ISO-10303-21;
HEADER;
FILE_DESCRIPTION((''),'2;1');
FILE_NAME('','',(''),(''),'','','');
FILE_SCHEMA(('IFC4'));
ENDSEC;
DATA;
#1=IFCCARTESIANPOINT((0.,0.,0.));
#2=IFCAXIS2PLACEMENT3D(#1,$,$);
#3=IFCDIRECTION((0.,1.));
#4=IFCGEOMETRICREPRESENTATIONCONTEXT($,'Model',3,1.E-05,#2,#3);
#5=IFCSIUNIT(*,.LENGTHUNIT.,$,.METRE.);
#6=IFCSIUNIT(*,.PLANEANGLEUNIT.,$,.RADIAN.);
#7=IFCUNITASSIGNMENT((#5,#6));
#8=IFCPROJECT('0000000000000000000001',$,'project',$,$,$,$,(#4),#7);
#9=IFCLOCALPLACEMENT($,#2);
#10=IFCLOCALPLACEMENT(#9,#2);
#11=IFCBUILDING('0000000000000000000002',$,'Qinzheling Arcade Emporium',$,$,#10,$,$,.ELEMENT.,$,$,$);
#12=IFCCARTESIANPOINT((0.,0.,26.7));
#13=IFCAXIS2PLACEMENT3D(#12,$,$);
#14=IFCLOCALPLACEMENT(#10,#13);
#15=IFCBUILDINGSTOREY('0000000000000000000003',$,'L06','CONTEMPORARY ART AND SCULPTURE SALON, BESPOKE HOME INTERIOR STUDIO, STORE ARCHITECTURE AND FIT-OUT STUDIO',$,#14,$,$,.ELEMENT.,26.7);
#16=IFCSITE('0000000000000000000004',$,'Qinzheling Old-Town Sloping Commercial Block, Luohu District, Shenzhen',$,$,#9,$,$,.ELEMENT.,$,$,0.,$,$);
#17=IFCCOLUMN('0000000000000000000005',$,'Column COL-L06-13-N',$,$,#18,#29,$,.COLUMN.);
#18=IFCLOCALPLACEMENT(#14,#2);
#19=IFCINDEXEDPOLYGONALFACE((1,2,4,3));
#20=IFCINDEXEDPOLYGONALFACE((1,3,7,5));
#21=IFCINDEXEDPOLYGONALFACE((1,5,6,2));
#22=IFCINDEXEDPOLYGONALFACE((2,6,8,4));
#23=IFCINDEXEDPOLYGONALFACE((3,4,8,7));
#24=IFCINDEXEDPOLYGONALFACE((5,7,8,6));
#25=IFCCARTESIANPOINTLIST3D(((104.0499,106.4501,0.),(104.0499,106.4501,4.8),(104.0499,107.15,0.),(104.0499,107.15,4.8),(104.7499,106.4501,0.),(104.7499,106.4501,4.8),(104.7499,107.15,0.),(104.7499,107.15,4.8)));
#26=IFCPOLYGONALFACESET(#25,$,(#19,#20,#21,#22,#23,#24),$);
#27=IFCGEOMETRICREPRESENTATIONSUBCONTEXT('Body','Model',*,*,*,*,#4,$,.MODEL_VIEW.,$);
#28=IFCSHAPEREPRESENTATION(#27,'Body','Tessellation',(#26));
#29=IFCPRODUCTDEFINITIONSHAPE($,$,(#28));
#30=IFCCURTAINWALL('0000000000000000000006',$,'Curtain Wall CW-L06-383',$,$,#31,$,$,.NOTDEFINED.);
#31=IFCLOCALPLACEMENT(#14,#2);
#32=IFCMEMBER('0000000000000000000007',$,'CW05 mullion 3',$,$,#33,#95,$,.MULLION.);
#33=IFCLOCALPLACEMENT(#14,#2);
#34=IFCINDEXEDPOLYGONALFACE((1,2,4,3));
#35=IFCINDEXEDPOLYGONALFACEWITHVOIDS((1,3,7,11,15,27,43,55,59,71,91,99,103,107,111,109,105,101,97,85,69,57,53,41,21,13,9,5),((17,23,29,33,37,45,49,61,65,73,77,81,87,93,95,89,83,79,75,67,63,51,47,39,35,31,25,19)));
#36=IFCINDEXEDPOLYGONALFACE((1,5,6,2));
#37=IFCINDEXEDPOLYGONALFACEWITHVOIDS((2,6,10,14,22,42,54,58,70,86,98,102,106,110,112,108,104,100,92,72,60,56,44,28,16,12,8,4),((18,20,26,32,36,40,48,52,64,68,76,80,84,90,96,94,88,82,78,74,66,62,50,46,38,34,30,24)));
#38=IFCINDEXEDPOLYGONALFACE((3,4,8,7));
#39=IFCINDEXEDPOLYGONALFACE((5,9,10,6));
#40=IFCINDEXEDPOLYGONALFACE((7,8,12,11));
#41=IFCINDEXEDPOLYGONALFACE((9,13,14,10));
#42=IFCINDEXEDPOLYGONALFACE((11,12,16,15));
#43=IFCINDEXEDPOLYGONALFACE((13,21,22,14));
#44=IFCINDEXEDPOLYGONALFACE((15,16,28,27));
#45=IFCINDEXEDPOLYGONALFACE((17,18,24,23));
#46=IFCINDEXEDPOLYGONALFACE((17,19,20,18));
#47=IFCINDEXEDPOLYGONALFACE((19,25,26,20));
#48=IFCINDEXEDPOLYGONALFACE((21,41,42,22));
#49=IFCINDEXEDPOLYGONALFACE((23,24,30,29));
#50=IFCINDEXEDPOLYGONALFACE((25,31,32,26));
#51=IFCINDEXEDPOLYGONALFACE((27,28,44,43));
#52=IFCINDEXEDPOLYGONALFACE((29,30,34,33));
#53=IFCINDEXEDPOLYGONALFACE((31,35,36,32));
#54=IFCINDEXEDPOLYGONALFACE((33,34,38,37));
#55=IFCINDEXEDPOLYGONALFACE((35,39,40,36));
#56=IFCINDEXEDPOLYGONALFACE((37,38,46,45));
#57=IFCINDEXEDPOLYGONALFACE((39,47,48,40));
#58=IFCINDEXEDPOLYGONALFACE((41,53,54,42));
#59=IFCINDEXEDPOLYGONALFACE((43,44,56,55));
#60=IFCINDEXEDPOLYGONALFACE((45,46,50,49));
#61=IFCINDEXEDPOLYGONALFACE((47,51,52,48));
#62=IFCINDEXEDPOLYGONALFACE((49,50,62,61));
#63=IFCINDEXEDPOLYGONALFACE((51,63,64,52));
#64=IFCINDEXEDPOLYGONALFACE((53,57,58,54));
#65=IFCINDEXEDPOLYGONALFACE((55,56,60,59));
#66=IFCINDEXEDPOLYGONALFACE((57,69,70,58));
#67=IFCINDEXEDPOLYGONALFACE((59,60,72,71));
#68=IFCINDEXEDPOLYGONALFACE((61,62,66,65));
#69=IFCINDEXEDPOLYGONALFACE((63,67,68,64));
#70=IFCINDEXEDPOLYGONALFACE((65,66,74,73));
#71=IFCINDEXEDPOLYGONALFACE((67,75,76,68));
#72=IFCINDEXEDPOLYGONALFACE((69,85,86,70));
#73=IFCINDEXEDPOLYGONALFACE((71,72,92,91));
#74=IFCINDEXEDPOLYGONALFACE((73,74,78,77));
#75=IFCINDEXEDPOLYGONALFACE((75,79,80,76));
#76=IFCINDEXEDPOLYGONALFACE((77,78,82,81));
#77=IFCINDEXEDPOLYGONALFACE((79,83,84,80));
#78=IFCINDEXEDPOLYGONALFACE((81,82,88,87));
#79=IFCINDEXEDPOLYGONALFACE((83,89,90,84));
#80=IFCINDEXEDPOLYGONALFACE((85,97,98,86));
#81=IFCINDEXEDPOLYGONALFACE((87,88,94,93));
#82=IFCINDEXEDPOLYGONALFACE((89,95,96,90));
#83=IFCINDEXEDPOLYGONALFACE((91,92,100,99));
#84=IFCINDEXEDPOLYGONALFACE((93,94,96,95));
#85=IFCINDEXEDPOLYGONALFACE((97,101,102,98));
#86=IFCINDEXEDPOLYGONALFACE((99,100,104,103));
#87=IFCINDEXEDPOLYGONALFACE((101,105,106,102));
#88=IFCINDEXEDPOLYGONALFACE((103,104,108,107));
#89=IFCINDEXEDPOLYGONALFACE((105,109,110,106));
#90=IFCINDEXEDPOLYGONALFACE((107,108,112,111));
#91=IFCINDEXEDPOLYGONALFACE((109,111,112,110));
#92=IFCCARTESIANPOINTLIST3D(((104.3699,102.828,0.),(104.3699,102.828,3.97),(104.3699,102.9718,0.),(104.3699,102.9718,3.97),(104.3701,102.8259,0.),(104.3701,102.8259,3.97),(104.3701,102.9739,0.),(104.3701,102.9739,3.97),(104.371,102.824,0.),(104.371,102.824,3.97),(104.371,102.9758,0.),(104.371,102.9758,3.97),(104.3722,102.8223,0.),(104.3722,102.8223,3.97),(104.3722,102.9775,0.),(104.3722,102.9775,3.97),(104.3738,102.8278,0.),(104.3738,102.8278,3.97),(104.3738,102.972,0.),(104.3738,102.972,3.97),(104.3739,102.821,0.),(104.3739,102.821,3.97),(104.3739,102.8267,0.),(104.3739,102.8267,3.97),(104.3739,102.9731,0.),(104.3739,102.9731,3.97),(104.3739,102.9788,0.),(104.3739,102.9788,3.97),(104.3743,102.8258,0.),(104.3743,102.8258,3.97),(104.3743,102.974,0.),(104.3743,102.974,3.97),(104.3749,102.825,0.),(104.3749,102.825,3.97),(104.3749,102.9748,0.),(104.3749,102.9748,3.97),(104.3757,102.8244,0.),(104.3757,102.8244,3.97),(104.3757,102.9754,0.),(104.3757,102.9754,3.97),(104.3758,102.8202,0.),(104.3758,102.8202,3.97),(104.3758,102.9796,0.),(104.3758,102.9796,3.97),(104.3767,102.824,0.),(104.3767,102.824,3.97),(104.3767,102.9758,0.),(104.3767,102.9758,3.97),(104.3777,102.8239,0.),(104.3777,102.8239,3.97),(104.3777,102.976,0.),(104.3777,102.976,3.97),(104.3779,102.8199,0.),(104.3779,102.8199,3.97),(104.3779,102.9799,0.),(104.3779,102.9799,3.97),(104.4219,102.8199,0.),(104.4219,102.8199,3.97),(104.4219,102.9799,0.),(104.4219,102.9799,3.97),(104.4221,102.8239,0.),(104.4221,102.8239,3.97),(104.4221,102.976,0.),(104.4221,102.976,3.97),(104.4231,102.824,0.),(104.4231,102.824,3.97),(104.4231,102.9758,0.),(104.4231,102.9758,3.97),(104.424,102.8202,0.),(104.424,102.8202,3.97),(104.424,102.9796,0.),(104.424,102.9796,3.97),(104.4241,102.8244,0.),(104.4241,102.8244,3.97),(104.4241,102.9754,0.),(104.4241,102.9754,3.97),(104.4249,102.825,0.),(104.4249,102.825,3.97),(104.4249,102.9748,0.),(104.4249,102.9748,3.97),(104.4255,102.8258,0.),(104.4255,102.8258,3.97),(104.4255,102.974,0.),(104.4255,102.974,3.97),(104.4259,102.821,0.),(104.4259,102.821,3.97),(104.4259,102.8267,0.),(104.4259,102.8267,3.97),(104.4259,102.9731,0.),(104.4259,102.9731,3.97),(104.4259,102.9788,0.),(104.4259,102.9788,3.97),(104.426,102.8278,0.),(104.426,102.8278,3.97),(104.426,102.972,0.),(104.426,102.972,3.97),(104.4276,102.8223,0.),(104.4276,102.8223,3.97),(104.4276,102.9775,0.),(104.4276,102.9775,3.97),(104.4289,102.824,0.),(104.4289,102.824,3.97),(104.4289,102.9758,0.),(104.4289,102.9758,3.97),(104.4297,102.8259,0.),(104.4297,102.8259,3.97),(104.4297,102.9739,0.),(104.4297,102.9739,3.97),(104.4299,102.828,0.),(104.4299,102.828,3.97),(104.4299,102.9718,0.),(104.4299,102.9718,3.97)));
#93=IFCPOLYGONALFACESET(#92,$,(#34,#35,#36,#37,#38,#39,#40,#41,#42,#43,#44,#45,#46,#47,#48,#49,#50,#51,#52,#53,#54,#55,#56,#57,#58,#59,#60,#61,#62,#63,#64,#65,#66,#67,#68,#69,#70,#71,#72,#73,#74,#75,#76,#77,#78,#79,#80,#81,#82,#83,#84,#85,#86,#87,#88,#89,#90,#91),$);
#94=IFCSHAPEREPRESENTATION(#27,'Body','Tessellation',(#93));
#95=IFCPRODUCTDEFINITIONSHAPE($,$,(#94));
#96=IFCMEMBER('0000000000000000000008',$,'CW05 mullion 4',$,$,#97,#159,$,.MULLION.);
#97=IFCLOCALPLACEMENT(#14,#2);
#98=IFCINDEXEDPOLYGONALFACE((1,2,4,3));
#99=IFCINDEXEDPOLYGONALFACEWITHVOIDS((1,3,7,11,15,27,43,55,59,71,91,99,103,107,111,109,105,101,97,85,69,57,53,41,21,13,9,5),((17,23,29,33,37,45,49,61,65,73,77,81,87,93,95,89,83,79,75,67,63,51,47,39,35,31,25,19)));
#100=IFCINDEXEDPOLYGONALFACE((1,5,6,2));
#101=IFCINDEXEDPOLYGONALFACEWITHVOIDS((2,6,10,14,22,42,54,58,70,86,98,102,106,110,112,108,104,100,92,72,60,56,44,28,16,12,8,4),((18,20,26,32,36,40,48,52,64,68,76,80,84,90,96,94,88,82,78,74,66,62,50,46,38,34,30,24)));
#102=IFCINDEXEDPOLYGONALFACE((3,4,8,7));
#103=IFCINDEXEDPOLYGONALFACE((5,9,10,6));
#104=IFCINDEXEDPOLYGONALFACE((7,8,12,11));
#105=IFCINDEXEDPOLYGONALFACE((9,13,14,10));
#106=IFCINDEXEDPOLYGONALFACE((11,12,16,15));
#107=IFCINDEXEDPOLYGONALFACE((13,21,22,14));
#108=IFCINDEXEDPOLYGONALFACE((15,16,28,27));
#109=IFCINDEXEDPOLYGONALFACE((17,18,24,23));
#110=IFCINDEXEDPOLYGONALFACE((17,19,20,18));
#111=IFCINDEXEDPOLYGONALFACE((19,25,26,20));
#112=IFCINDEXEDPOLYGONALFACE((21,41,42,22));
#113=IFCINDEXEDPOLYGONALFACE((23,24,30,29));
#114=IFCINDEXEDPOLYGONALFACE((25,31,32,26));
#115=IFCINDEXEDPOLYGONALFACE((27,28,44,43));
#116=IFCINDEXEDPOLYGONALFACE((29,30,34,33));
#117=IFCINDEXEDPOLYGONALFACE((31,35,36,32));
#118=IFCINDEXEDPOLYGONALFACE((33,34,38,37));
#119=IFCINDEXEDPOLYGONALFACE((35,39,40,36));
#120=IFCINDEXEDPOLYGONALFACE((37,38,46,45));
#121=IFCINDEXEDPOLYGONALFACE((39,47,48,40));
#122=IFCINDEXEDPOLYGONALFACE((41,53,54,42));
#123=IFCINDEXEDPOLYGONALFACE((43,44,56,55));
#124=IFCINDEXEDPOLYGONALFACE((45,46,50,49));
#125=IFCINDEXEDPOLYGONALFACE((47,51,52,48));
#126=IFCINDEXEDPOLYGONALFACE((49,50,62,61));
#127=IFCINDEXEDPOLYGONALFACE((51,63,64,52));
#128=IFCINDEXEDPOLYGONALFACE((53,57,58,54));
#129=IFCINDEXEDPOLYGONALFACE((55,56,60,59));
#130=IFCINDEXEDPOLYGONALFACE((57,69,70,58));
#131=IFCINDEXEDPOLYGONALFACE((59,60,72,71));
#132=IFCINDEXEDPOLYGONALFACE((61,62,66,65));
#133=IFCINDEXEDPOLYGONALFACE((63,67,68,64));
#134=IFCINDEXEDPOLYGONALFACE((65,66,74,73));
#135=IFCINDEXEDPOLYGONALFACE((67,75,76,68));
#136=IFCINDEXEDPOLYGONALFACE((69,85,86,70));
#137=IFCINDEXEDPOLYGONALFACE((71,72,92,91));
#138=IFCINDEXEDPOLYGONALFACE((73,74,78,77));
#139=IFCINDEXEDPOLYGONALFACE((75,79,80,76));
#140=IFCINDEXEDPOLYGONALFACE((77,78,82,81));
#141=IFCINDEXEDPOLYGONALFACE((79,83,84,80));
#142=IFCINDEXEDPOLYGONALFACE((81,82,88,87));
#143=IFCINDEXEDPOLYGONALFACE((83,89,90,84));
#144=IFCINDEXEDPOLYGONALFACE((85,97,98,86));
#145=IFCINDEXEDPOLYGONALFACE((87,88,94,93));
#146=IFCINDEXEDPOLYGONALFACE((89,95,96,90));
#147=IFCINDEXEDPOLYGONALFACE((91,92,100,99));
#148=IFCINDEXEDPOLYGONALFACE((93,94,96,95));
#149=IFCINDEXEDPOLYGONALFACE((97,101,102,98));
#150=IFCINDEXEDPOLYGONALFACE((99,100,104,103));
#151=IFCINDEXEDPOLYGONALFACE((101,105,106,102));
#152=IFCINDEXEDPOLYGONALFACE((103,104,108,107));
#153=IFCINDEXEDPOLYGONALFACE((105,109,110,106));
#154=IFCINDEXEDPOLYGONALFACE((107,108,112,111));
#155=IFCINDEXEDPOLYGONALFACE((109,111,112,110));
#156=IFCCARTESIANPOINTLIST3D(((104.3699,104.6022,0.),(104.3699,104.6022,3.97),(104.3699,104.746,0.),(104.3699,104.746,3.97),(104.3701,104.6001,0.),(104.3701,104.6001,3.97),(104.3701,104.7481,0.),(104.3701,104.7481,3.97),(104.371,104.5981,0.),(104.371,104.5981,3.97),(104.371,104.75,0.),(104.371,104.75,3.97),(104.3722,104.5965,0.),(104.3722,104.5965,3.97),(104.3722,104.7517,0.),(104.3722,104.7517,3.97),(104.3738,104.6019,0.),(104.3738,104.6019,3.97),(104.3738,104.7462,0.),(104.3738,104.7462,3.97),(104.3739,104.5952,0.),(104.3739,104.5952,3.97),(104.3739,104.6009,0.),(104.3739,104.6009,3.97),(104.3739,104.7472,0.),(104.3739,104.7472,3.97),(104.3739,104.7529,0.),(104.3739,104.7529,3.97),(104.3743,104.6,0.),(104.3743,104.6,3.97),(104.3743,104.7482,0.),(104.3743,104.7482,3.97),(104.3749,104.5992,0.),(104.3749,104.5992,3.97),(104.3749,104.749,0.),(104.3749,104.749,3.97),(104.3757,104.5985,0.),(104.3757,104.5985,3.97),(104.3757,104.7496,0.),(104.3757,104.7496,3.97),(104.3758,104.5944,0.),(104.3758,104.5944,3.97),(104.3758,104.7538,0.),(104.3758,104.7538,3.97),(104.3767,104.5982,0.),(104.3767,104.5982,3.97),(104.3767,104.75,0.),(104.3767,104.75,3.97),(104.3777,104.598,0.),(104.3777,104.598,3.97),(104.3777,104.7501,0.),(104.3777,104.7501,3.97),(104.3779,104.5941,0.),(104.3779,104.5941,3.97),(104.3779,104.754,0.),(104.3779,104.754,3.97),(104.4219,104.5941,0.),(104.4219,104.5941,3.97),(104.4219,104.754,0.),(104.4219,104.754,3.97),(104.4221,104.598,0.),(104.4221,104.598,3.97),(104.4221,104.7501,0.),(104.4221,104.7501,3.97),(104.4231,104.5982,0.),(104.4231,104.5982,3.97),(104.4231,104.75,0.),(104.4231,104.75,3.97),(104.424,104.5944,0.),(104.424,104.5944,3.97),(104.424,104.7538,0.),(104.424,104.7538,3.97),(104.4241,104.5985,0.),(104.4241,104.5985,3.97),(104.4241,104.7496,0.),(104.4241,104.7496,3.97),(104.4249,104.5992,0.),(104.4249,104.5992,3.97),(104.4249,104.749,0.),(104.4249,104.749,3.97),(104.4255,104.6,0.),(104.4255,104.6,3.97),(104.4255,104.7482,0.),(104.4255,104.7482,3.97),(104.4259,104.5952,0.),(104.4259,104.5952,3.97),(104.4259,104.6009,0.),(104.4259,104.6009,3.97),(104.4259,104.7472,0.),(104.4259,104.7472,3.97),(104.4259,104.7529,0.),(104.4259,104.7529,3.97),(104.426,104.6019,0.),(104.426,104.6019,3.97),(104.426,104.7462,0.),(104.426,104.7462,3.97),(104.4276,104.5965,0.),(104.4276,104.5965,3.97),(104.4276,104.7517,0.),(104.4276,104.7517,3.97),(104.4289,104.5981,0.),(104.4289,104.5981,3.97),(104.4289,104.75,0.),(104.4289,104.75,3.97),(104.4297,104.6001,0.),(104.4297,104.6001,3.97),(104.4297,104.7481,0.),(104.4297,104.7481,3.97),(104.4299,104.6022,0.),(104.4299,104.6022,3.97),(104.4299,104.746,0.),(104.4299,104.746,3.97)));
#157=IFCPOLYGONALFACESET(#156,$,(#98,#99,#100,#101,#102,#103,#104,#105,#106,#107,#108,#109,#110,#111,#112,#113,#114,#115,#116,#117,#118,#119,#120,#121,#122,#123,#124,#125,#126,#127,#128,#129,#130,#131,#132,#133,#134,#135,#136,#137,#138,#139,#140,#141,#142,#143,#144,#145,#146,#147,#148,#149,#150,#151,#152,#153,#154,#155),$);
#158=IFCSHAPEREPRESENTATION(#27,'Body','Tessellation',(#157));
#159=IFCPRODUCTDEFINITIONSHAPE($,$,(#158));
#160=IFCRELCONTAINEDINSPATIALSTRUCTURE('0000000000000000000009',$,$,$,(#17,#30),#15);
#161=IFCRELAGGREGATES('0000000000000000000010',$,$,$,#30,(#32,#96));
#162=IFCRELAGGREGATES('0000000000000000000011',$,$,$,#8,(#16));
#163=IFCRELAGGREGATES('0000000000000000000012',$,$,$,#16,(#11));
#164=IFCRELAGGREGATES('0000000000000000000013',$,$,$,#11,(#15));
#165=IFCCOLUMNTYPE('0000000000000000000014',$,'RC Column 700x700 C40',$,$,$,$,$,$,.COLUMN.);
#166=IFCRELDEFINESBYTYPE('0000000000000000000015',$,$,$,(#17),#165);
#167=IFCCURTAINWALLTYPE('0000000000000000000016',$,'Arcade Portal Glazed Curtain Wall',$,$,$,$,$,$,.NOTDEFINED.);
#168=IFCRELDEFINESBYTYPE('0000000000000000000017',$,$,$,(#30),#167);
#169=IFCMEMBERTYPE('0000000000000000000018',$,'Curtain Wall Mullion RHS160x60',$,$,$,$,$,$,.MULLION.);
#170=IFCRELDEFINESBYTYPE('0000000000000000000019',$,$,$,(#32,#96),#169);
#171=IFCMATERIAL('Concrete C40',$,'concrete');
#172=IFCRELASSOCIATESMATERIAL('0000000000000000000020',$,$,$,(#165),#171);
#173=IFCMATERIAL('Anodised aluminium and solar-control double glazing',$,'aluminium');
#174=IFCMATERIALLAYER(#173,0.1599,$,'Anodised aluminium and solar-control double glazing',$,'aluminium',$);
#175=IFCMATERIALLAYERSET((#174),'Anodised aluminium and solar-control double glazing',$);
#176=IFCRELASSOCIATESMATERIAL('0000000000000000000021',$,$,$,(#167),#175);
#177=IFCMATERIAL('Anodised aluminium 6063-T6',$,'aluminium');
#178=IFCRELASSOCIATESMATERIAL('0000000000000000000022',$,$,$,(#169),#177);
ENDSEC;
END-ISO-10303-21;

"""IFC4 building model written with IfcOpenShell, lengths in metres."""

from ifc_helpers import new_model, si_unit, direction, frame, origin, origin_2d, place, context, subcontext, project, spatial, rectangle, hollow_rectangle, extrude, material, layer, layer_set, material_profile, profile_set, type_object, element, aggregate, save


model = new_model("IFC4")

# Units and contexts
model_context = context("Model", 3, precision=1e-05, world=origin(), true_north=direction((0.0, 1.0)))
body_context = subcontext(model_context, "Body", "Model", "MODEL_VIEW")
ifc_project = project(units=[si_unit("LENGTHUNIT", "METRE"), si_unit("PLANEANGLEUNIT", "RADIAN")], contexts=[model_context])

# Site, building, storey
site_placement = place(None, origin())
site = spatial("IfcSite", under=ifc_project, at=site_placement, Name="Qinzheling Old-Town Sloping Commercial Block, Luohu District, Shenzhen", CompositionType="ELEMENT", RefElevation=0.0)
building_placement = place(site_placement, origin())
building = spatial("IfcBuilding", under=site, at=building_placement, Name="Qinzheling Arcade Emporium", CompositionType="ELEMENT")
storey_placement = place(building_placement, frame((0.0, 0.0, 26.7)))
storey = spatial("IfcBuildingStorey", under=building, at=storey_placement, Name="L06", Description="CONTEMPORARY ART AND SCULPTURE SALON, BESPOKE HOME INTERIOR STUDIO, STORE ARCHITECTURE AND FIT-OUT STUDIO", CompositionType="ELEMENT", Elevation=26.7)

# Column
ifc_material_1 = material(Name="Concrete C40", Category="concrete")
ifc_material_profile_1 = material_profile(ifc_material_1, rectangle(XDim=0.7, YDim=0.7, at=origin_2d()), Name="RC 700x700", Category="concrete")
ifc_profile_set_1 = profile_set([ifc_material_profile_1], Name="Concrete C40")
column_type = type_object("IfcColumnType", Name="RC Column 700x700 C40", PredefinedType="COLUMN", material=ifc_profile_set_1)
column_placement = place(storey_placement, frame((104.3999, 106.8, 0.0), z_axis=(0.0, 0.0, 1.0), x_axis=(1.0, 0.0, 0.0)))
element("IfcColumn", 1, at=column_placement, inside=storey, type_object=column_type, Name="Column COL-L06-13-N", PredefinedType="COLUMN", context=body_context, shape_type="SweptSolid", body=[
    extrude(rectangle(XDim=0.7, YDim=0.7, at=origin_2d()), origin(), (0.0, 0.0, 1.0), 4.8),
])

# Curtain wall, members
ifc_material_2 = material(Name="Anodised aluminium and solar-control double glazing", Category="aluminium")
ifc_layer_1 = layer(ifc_material_2, 0.1599, Name="Anodised aluminium and solar-control double glazing", Category="aluminium")
ifc_layer_set_1 = layer_set([ifc_layer_1], Name="Anodised aluminium and solar-control double glazing")
curtain_wall_type = type_object("IfcCurtainWallType", Name="Arcade Portal Glazed Curtain Wall", PredefinedType="NOTDEFINED", material=ifc_layer_set_1)
curtain_wall_placement = place(storey_placement, origin())
curtain_wall = element("IfcCurtainWall", 2, at=curtain_wall_placement, inside=storey, type_object=curtain_wall_type, Name="Curtain Wall CW-L06-383", PredefinedType="NOTDEFINED")
ifc_material_3 = material(Name="Anodised aluminium 6063-T6", Category="aluminium")
ifc_material_profile_2 = material_profile(ifc_material_3, hollow_rectangle(XDim=0.0601, YDim=0.1599, WallThickness=0.0039, InnerFilletRadius=0.0039, OuterFilletRadius=0.0081, at=origin_2d()), Name="RHS 160x60x4", Category="aluminium")
ifc_profile_set_2 = profile_set([ifc_material_profile_2], Name="Anodised aluminium 6063-T6")
member_type_1 = type_object("IfcMemberType", Name="Curtain Wall Mullion RHS160x60", PredefinedType="MULLION", material=ifc_profile_set_2)
member_1_placement = place(storey_placement, frame((104.3999, 102.8999, 0.0), z_axis=(0.0, 0.0, 1.0), x_axis=(-1.0, 0.0, 0.0)))
member_1 = element("IfcMember", 3, at=member_1_placement, type_object=member_type_1, Name="CW05 mullion 3", PredefinedType="MULLION", context=body_context, shape_type="SweptSolid", body=[
    extrude(hollow_rectangle(XDim=0.0601, YDim=0.1599, WallThickness=0.0039, InnerFilletRadius=0.0039, OuterFilletRadius=0.0081, at=origin_2d()), origin(), (0.0, 0.0, 1.0), 3.97),
])
member_2_placement = place(storey_placement, frame((104.3999, 104.6741, 0.0), z_axis=(0.0, 0.0, 1.0), x_axis=(-1.0, 0.0, 0.0)))
member_2 = element("IfcMember", 4, at=member_2_placement, type_object=member_type_1, Name="CW05 mullion 4", PredefinedType="MULLION", context=body_context, shape_type="SweptSolid", body=[
    extrude(hollow_rectangle(XDim=0.0601, YDim=0.1599, WallThickness=0.0039, InnerFilletRadius=0.0039, OuterFilletRadius=0.0081, at=origin_2d()), origin(), (0.0, 0.0, 1.0), 3.97),
])

aggregate(curtain_wall, [member_1, member_2])

save(model, "model.ifc")
